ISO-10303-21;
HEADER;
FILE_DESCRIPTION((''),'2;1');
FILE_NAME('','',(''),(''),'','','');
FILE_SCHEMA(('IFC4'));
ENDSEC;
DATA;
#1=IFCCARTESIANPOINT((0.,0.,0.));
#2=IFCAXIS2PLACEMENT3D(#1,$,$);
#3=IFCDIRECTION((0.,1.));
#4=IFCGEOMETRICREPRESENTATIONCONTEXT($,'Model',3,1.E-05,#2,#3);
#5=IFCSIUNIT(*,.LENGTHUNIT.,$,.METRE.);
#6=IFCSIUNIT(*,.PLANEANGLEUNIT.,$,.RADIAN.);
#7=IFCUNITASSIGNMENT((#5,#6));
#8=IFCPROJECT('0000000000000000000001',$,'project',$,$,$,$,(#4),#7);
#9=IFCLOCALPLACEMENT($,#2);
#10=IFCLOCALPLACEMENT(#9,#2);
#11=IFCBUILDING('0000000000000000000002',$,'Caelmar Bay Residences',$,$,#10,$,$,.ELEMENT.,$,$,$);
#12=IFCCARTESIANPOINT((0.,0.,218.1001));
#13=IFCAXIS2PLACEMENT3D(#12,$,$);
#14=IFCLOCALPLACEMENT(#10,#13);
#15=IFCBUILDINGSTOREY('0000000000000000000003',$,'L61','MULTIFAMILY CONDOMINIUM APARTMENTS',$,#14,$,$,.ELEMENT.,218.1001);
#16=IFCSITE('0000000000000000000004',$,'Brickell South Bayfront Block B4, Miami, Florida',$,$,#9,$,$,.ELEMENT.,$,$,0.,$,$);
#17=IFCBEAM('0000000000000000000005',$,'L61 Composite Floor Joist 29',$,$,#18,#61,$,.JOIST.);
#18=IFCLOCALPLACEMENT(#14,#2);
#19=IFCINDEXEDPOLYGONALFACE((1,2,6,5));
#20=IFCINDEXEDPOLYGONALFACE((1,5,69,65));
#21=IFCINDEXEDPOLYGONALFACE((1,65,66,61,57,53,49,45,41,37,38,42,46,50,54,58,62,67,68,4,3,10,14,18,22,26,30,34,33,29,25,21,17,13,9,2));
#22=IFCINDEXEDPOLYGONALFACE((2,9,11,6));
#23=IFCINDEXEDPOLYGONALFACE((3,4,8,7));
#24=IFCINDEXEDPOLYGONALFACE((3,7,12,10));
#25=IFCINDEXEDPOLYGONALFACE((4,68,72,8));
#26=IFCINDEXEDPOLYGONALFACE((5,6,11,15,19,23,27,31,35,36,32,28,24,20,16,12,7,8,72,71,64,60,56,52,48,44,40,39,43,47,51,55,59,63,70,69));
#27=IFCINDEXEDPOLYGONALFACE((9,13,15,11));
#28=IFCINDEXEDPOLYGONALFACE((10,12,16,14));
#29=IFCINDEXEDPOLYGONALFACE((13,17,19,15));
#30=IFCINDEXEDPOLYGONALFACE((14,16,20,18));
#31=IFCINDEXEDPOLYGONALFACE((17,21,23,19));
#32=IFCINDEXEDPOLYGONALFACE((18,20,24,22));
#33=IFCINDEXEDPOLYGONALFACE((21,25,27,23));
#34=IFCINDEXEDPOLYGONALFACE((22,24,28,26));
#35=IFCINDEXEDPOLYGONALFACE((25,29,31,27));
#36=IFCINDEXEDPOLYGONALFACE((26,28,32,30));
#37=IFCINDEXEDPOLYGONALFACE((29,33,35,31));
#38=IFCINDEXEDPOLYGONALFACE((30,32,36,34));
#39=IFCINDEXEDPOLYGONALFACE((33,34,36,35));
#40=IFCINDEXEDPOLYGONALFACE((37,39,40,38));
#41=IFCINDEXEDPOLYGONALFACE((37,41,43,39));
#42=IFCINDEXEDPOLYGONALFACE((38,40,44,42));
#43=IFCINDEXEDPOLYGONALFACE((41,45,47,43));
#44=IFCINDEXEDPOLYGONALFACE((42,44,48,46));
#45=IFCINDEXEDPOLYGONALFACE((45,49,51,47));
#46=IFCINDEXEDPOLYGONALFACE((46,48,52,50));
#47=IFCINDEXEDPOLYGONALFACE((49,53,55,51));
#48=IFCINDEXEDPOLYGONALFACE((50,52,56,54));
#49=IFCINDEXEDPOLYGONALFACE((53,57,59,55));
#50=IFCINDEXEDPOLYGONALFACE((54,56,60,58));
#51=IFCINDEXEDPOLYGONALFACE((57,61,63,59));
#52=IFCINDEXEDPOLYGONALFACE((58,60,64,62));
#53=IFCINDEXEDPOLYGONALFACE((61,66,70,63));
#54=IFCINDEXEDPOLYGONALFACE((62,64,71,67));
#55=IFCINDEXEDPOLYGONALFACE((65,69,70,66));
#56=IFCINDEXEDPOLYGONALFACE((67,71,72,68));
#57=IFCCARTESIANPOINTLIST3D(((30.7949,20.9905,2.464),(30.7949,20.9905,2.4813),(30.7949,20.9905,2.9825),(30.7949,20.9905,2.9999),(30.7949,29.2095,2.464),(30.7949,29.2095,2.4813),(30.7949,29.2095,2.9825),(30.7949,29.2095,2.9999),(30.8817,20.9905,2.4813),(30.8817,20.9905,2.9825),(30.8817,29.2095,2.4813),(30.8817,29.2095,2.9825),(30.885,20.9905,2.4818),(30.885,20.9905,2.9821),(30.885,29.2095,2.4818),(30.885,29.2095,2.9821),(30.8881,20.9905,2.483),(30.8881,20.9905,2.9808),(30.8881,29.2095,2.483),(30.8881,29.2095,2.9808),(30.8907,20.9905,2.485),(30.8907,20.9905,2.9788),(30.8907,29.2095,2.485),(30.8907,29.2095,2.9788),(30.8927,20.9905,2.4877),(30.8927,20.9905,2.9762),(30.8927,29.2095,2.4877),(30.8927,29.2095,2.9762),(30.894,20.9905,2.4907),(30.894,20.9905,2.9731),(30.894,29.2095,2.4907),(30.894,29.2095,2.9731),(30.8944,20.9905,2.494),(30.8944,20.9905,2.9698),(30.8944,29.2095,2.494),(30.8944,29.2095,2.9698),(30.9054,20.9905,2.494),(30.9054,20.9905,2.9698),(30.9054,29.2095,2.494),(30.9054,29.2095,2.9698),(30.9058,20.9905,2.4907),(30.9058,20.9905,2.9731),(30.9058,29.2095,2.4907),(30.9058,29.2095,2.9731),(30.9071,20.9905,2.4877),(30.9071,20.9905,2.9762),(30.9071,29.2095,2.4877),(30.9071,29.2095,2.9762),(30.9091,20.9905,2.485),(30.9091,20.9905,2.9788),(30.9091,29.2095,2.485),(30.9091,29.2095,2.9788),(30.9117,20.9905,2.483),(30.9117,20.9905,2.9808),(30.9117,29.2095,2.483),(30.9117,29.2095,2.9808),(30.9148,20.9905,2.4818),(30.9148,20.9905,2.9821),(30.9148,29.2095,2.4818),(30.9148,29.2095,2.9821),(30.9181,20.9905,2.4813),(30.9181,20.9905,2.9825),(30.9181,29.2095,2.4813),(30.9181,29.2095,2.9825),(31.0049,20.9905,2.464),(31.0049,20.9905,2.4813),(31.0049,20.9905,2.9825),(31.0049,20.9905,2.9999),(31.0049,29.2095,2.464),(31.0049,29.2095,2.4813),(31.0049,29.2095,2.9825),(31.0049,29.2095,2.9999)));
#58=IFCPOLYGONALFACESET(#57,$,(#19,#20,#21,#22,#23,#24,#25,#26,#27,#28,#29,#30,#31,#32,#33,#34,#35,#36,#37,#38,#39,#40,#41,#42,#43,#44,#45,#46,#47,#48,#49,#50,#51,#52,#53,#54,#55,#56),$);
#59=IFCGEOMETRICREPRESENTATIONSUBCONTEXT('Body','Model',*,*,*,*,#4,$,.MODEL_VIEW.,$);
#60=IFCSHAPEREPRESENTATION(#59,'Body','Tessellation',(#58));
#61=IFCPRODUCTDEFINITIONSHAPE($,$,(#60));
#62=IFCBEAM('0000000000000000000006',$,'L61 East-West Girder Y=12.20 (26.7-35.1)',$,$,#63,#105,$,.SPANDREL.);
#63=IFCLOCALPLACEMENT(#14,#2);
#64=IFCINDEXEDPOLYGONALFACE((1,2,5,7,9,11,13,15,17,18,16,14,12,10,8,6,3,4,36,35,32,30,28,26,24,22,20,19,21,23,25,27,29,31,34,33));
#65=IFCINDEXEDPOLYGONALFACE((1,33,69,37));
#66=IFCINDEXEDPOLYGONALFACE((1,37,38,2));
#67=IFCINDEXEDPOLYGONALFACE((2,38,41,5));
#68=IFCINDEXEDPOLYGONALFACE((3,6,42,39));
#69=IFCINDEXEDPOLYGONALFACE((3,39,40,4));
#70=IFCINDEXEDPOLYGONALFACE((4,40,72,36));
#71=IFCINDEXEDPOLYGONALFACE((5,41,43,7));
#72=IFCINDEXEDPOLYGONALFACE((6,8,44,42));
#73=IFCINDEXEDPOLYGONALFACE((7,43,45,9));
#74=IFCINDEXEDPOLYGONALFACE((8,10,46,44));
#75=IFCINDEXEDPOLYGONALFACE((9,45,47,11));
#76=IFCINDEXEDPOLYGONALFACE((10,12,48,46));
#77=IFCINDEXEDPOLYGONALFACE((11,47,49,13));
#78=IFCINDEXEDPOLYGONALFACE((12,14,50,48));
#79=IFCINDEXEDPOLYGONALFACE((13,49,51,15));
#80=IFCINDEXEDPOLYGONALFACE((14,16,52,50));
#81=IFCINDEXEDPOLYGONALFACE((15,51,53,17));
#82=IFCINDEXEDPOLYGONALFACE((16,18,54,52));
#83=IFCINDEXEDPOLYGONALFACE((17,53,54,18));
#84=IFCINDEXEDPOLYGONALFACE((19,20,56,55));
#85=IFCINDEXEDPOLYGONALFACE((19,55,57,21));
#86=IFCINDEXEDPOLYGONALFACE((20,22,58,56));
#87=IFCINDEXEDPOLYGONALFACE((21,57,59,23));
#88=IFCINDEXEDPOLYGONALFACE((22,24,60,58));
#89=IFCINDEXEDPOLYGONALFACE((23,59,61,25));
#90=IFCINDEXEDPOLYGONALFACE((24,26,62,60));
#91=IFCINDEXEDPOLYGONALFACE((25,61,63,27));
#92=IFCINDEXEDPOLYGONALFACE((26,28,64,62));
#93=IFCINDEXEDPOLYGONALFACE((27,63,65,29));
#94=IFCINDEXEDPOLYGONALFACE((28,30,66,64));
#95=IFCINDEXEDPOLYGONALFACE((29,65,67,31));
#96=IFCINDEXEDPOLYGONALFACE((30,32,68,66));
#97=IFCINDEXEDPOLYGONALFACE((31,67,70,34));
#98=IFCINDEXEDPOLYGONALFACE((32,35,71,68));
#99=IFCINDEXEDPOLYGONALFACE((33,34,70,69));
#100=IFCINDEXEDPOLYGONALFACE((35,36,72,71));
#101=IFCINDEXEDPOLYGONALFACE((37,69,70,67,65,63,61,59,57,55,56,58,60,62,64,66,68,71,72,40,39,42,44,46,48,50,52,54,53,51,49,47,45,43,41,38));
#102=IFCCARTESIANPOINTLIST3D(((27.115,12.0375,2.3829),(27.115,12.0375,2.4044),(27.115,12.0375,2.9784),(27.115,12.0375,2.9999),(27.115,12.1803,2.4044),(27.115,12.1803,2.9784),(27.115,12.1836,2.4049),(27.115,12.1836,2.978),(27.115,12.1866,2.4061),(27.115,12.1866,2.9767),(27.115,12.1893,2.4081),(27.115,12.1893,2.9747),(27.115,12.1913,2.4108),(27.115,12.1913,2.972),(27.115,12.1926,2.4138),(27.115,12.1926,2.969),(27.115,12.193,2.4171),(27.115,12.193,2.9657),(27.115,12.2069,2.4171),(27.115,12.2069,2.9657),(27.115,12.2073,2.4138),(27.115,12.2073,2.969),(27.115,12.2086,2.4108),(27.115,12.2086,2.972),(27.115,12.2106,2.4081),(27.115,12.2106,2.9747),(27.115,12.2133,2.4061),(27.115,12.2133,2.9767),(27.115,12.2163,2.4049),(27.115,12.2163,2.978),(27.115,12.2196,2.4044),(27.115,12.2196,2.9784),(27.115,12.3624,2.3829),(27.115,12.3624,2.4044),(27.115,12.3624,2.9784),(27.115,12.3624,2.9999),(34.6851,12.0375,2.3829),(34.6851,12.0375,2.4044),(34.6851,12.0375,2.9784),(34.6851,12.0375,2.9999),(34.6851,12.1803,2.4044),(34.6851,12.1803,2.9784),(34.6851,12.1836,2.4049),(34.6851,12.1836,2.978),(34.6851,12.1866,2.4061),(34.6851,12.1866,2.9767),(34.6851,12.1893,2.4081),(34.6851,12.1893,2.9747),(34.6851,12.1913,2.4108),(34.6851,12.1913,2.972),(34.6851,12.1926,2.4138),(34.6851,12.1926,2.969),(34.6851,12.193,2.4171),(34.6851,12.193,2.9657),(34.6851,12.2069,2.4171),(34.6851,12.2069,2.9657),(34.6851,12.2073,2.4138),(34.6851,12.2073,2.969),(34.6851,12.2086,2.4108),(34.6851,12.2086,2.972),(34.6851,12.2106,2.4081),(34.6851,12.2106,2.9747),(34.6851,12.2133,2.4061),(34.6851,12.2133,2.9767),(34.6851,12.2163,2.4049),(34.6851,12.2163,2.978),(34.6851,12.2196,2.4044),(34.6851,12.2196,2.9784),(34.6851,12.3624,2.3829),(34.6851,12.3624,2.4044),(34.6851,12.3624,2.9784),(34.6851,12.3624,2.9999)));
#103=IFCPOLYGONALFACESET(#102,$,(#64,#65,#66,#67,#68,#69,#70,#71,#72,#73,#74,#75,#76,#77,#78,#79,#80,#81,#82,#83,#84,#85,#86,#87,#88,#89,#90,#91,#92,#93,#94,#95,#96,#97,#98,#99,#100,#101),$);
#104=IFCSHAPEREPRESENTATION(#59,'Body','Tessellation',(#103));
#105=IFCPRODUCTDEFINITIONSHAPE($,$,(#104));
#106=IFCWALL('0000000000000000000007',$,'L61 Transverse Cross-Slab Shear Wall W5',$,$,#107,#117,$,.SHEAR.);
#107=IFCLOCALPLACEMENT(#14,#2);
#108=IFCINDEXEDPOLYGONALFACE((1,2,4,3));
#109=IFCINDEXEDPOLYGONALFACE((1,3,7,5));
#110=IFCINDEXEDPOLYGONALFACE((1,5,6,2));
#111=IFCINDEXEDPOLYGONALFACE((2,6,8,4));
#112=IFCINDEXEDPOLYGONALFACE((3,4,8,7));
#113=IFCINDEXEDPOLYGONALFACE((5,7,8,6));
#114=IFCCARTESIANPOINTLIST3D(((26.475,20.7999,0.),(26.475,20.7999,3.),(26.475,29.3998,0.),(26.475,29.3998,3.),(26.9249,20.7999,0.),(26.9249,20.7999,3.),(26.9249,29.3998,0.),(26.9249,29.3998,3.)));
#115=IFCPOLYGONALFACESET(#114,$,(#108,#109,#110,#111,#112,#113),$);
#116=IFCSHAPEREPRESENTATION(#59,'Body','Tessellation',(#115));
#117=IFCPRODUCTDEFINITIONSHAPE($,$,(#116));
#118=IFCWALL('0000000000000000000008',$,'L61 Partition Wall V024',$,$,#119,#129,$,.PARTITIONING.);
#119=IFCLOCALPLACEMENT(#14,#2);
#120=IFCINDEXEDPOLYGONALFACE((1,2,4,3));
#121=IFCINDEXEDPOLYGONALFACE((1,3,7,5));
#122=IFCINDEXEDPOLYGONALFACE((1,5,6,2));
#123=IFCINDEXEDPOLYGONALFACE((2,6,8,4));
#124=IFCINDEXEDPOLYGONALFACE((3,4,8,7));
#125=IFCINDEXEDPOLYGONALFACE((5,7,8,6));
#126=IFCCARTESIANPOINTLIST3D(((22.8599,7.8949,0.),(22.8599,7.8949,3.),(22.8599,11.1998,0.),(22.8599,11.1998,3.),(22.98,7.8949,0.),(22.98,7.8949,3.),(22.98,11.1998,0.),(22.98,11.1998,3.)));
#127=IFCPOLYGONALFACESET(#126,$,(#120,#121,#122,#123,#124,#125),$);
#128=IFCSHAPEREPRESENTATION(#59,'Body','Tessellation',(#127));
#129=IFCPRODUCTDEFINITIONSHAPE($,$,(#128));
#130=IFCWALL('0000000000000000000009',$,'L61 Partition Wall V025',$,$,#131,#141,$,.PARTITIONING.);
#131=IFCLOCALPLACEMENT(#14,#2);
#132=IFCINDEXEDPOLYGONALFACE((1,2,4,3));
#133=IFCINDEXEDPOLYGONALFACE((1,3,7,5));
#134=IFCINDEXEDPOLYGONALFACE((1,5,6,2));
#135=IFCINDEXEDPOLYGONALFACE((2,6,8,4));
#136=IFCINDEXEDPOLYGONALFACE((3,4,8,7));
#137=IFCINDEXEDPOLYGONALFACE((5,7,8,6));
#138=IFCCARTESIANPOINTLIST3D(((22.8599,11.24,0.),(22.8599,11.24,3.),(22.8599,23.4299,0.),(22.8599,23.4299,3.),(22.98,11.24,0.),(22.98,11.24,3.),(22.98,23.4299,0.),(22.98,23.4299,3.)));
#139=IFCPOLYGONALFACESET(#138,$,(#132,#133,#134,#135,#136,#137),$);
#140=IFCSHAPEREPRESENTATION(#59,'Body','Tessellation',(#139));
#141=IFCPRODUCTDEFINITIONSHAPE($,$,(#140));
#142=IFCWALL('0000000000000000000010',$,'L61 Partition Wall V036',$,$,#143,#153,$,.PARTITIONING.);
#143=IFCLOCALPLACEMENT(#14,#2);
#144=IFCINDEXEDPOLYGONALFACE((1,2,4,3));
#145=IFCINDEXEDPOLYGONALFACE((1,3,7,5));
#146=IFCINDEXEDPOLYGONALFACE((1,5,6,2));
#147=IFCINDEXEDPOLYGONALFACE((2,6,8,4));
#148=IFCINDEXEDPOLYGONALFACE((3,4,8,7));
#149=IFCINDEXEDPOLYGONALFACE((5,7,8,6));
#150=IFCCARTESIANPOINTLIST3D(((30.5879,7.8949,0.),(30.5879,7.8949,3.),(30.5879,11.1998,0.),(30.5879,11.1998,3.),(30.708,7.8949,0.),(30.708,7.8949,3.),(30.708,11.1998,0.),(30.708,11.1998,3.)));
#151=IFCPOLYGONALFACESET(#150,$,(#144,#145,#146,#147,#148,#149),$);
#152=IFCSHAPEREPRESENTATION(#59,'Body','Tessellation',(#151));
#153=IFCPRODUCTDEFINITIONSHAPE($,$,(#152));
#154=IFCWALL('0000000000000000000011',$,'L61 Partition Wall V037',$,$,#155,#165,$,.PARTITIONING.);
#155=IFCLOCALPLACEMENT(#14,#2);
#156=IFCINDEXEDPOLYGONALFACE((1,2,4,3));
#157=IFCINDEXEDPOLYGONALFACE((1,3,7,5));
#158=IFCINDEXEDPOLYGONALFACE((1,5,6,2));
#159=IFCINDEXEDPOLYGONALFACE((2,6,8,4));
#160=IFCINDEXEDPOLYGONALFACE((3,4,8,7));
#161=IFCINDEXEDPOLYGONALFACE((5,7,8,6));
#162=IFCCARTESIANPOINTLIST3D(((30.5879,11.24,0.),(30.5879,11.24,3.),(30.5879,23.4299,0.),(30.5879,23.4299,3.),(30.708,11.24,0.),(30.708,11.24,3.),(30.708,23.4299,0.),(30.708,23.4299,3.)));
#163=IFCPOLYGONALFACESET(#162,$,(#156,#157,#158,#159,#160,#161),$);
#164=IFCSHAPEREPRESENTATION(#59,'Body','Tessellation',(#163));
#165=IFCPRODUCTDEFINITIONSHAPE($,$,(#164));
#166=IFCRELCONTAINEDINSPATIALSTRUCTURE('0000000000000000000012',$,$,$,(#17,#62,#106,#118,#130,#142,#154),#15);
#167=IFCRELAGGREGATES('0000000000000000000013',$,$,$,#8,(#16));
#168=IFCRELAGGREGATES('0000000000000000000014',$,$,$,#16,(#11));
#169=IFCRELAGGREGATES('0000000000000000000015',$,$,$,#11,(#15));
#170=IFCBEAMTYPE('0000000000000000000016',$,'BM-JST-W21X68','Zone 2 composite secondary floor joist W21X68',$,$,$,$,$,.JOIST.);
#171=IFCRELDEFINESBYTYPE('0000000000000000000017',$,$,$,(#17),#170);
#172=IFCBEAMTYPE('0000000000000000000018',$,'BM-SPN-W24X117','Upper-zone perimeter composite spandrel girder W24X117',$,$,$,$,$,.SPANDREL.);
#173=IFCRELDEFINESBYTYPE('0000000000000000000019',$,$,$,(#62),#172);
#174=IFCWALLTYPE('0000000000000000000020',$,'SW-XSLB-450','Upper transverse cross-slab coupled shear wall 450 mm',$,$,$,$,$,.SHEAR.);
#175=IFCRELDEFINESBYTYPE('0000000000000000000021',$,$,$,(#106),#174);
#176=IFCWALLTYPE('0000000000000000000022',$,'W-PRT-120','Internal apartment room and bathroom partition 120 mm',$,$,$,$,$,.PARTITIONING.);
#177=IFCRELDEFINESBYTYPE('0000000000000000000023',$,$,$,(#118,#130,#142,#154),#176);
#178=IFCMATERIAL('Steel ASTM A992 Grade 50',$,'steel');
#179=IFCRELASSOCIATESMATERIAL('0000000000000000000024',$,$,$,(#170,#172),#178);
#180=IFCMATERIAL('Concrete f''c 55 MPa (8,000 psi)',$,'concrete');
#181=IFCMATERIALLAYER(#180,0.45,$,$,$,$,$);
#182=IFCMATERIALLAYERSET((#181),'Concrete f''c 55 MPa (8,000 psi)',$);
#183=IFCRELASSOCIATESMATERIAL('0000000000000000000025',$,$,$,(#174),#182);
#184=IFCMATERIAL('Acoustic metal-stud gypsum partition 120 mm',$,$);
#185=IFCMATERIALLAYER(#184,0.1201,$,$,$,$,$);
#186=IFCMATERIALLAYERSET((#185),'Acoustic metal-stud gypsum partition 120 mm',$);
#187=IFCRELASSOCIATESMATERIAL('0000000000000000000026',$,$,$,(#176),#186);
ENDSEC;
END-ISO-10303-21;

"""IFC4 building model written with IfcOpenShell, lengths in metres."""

from ifc_helpers import new_model, si_unit, direction, frame, frame_2d, origin, origin_2d, place, context, subcontext, project, spatial, rectangle, i_section, extrude, material, layer, layer_set, material_profile, profile_set, type_object, element, save


model = new_model("IFC4")

# Units and contexts
model_context = context("Model", 3, precision=1e-05, world=origin(), true_north=direction((0.0, 1.0)))
body_context = subcontext(model_context, "Body", "Model", "MODEL_VIEW")
ifc_project = project(units=[si_unit("LENGTHUNIT", "METRE"), si_unit("PLANEANGLEUNIT", "RADIAN")], contexts=[model_context])

# Site, building, storey
site_placement = place(None, origin())
site = spatial("IfcSite", under=ifc_project, at=site_placement, Name="Brickell South Bayfront Block B4, Miami, Florida", CompositionType="ELEMENT", RefElevation=0.0)
building_placement = place(site_placement, origin())
building = spatial("IfcBuilding", under=site, at=building_placement, Name="Caelmar Bay Residences", CompositionType="ELEMENT")
storey_placement = place(building_placement, frame((0.0, 0.0, 218.1001)))
storey = spatial("IfcBuildingStorey", under=building, at=storey_placement, Name="L61", Description="MULTIFAMILY CONDOMINIUM APARTMENTS", CompositionType="ELEMENT", Elevation=218.1001)

# Shared definitions
ifc_material_1 = material(Name="Concrete f'c 55 MPa (8,000 psi)", Category="concrete")

# Beams
ifc_material_2 = material(Name="Steel ASTM A992 Grade 50", Category="steel")
ifc_material_profile_1 = material_profile(ifc_material_2, i_section(OverallWidth=0.21, OverallDepth=0.5359, WebThickness=0.011, FlangeThickness=0.0173, FilletRadius=0.0127, at=origin_2d()), Name="W21X68")
ifc_profile_set_1 = profile_set([ifc_material_profile_1], Name="Steel ASTM A992 Grade 50")
beam_type_1 = type_object("IfcBeamType", Name="BM-JST-W21X68", Description="Zone 2 composite secondary floor joist W21X68", PredefinedType="JOIST", material=ifc_profile_set_1)
beam_1_placement = place(storey_placement, frame((30.8999, 20.9905, 2.7319), z_axis=(0.0, 1.0, 0.0), x_axis=(-1.0, 0.0, 0.0)))
element("IfcBeam", 1, at=beam_1_placement, inside=storey, type_object=beam_type_1, Name="L61 Composite Floor Joist 29", PredefinedType="JOIST", context=body_context, shape_type="SweptSolid", body=[
    extrude(i_section(OverallWidth=0.21, OverallDepth=0.5359, WebThickness=0.011, FlangeThickness=0.0173, FilletRadius=0.0127, at=origin_2d()), origin(), (0.0, 0.0, 1.0), 8.219),
])
ifc_material_profile_2 = material_profile(ifc_material_2, i_section(OverallWidth=0.325, OverallDepth=0.6169, WebThickness=0.0139, FlangeThickness=0.0215, FilletRadius=0.0127, at=origin_2d()), Name="W24X117")
ifc_profile_set_2 = profile_set([ifc_material_profile_2], Name="Steel ASTM A992 Grade 50")
beam_type_2 = type_object("IfcBeamType", Name="BM-SPN-W24X117", Description="Upper-zone perimeter composite spandrel girder W24X117", PredefinedType="SPANDREL", material=ifc_profile_set_2)
beam_2_placement = place(storey_placement, frame((27.115, 12.2, 2.6914), z_axis=(1.0, 0.0, 0.0), x_axis=(0.0, 1.0, 0.0)))
element("IfcBeam", 2, at=beam_2_placement, inside=storey, type_object=beam_type_2, Name="L61 East-West Girder Y=12.20 (26.7-35.1)", PredefinedType="SPANDREL", context=body_context, shape_type="SweptSolid", body=[
    extrude(i_section(OverallWidth=0.325, OverallDepth=0.6169, WebThickness=0.0139, FlangeThickness=0.0215, FilletRadius=0.0127, at=origin_2d()), origin(), (0.0, 0.0, 1.0), 7.5701),
])

# Walls
ifc_layer_1 = layer(ifc_material_1, 0.45)
ifc_layer_set_1 = layer_set([ifc_layer_1], Name="Concrete f'c 55 MPa (8,000 psi)")
wall_type_1 = type_object("IfcWallType", Name="SW-XSLB-450", Description="Upper transverse cross-slab coupled shear wall 450 mm", PredefinedType="SHEAR", material=ifc_layer_set_1)
wall_1_placement = place(storey_placement, frame((26.7, 20.8, 0.0), z_axis=(0.0, 0.0, 1.0), x_axis=(0.0, 1.0, 0.0)))
element("IfcWall", 3, at=wall_1_placement, inside=storey, type_object=wall_type_1, Name="L61 Transverse Cross-Slab Shear Wall W5", PredefinedType="SHEAR", context=body_context, shape_type="SweptSolid", body=[
    extrude(rectangle(XDim=8.5999, YDim=0.45, at=frame_2d((4.2998, 0.0))), origin(), (0.0, 0.0, 1.0), 3.0),
])
ifc_material_3 = material(Name="Acoustic metal-stud gypsum partition 120 mm")
ifc_layer_2 = layer(ifc_material_3, 0.1201)
ifc_layer_set_2 = layer_set([ifc_layer_2], Name="Acoustic metal-stud gypsum partition 120 mm")
wall_type_2 = type_object("IfcWallType", Name="W-PRT-120", Description="Internal apartment room and bathroom partition 120 mm", PredefinedType="PARTITIONING", material=ifc_layer_set_2)
wall_2_placement = place(storey_placement, frame((22.9199, 7.895, 0.0), z_axis=(0.0, 0.0, 1.0), x_axis=(0.0, 1.0, 0.0)))
element("IfcWall", 4, at=wall_2_placement, inside=storey, type_object=wall_type_2, Name="L61 Partition Wall V024", PredefinedType="PARTITIONING", context=body_context, shape_type="SweptSolid", body=[
    extrude(rectangle(XDim=3.3049, YDim=0.1201, at=frame_2d((1.6523, 0.0))), origin(), (0.0, 0.0, 1.0), 3.0),
])
wall_3_placement = place(storey_placement, frame((22.9199, 11.24, 0.0), z_axis=(0.0, 0.0, 1.0), x_axis=(0.0, 1.0, 0.0)))
element("IfcWall", 5, at=wall_3_placement, inside=storey, type_object=wall_type_2, Name="L61 Partition Wall V025", PredefinedType="PARTITIONING", context=body_context, shape_type="SweptSolid", body=[
    extrude(rectangle(XDim=12.1899, YDim=0.1201, at=frame_2d((6.095, 0.0))), origin(), (0.0, 0.0, 1.0), 3.0),
])
wall_4_placement = place(storey_placement, frame((30.6479, 7.895, 0.0), z_axis=(0.0, 0.0, 1.0), x_axis=(0.0, 1.0, 0.0)))
element("IfcWall", 6, at=wall_4_placement, inside=storey, type_object=wall_type_2, Name="L61 Partition Wall V036", PredefinedType="PARTITIONING", context=body_context, shape_type="SweptSolid", body=[
    extrude(rectangle(XDim=3.3049, YDim=0.1201, at=frame_2d((1.6523, 0.0))), origin(), (0.0, 0.0, 1.0), 3.0),
])
wall_5_placement = place(storey_placement, frame((30.6479, 11.24, 0.0), z_axis=(0.0, 0.0, 1.0), x_axis=(0.0, 1.0, 0.0)))
element("IfcWall", 7, at=wall_5_placement, inside=storey, type_object=wall_type_2, Name="L61 Partition Wall V037", PredefinedType="PARTITIONING", context=body_context, shape_type="SweptSolid", body=[
    extrude(rectangle(XDim=12.1899, YDim=0.1201, at=frame_2d((6.095, 0.0))), origin(), (0.0, 0.0, 1.0), 3.0),
])

save(model, "model.ifc")
